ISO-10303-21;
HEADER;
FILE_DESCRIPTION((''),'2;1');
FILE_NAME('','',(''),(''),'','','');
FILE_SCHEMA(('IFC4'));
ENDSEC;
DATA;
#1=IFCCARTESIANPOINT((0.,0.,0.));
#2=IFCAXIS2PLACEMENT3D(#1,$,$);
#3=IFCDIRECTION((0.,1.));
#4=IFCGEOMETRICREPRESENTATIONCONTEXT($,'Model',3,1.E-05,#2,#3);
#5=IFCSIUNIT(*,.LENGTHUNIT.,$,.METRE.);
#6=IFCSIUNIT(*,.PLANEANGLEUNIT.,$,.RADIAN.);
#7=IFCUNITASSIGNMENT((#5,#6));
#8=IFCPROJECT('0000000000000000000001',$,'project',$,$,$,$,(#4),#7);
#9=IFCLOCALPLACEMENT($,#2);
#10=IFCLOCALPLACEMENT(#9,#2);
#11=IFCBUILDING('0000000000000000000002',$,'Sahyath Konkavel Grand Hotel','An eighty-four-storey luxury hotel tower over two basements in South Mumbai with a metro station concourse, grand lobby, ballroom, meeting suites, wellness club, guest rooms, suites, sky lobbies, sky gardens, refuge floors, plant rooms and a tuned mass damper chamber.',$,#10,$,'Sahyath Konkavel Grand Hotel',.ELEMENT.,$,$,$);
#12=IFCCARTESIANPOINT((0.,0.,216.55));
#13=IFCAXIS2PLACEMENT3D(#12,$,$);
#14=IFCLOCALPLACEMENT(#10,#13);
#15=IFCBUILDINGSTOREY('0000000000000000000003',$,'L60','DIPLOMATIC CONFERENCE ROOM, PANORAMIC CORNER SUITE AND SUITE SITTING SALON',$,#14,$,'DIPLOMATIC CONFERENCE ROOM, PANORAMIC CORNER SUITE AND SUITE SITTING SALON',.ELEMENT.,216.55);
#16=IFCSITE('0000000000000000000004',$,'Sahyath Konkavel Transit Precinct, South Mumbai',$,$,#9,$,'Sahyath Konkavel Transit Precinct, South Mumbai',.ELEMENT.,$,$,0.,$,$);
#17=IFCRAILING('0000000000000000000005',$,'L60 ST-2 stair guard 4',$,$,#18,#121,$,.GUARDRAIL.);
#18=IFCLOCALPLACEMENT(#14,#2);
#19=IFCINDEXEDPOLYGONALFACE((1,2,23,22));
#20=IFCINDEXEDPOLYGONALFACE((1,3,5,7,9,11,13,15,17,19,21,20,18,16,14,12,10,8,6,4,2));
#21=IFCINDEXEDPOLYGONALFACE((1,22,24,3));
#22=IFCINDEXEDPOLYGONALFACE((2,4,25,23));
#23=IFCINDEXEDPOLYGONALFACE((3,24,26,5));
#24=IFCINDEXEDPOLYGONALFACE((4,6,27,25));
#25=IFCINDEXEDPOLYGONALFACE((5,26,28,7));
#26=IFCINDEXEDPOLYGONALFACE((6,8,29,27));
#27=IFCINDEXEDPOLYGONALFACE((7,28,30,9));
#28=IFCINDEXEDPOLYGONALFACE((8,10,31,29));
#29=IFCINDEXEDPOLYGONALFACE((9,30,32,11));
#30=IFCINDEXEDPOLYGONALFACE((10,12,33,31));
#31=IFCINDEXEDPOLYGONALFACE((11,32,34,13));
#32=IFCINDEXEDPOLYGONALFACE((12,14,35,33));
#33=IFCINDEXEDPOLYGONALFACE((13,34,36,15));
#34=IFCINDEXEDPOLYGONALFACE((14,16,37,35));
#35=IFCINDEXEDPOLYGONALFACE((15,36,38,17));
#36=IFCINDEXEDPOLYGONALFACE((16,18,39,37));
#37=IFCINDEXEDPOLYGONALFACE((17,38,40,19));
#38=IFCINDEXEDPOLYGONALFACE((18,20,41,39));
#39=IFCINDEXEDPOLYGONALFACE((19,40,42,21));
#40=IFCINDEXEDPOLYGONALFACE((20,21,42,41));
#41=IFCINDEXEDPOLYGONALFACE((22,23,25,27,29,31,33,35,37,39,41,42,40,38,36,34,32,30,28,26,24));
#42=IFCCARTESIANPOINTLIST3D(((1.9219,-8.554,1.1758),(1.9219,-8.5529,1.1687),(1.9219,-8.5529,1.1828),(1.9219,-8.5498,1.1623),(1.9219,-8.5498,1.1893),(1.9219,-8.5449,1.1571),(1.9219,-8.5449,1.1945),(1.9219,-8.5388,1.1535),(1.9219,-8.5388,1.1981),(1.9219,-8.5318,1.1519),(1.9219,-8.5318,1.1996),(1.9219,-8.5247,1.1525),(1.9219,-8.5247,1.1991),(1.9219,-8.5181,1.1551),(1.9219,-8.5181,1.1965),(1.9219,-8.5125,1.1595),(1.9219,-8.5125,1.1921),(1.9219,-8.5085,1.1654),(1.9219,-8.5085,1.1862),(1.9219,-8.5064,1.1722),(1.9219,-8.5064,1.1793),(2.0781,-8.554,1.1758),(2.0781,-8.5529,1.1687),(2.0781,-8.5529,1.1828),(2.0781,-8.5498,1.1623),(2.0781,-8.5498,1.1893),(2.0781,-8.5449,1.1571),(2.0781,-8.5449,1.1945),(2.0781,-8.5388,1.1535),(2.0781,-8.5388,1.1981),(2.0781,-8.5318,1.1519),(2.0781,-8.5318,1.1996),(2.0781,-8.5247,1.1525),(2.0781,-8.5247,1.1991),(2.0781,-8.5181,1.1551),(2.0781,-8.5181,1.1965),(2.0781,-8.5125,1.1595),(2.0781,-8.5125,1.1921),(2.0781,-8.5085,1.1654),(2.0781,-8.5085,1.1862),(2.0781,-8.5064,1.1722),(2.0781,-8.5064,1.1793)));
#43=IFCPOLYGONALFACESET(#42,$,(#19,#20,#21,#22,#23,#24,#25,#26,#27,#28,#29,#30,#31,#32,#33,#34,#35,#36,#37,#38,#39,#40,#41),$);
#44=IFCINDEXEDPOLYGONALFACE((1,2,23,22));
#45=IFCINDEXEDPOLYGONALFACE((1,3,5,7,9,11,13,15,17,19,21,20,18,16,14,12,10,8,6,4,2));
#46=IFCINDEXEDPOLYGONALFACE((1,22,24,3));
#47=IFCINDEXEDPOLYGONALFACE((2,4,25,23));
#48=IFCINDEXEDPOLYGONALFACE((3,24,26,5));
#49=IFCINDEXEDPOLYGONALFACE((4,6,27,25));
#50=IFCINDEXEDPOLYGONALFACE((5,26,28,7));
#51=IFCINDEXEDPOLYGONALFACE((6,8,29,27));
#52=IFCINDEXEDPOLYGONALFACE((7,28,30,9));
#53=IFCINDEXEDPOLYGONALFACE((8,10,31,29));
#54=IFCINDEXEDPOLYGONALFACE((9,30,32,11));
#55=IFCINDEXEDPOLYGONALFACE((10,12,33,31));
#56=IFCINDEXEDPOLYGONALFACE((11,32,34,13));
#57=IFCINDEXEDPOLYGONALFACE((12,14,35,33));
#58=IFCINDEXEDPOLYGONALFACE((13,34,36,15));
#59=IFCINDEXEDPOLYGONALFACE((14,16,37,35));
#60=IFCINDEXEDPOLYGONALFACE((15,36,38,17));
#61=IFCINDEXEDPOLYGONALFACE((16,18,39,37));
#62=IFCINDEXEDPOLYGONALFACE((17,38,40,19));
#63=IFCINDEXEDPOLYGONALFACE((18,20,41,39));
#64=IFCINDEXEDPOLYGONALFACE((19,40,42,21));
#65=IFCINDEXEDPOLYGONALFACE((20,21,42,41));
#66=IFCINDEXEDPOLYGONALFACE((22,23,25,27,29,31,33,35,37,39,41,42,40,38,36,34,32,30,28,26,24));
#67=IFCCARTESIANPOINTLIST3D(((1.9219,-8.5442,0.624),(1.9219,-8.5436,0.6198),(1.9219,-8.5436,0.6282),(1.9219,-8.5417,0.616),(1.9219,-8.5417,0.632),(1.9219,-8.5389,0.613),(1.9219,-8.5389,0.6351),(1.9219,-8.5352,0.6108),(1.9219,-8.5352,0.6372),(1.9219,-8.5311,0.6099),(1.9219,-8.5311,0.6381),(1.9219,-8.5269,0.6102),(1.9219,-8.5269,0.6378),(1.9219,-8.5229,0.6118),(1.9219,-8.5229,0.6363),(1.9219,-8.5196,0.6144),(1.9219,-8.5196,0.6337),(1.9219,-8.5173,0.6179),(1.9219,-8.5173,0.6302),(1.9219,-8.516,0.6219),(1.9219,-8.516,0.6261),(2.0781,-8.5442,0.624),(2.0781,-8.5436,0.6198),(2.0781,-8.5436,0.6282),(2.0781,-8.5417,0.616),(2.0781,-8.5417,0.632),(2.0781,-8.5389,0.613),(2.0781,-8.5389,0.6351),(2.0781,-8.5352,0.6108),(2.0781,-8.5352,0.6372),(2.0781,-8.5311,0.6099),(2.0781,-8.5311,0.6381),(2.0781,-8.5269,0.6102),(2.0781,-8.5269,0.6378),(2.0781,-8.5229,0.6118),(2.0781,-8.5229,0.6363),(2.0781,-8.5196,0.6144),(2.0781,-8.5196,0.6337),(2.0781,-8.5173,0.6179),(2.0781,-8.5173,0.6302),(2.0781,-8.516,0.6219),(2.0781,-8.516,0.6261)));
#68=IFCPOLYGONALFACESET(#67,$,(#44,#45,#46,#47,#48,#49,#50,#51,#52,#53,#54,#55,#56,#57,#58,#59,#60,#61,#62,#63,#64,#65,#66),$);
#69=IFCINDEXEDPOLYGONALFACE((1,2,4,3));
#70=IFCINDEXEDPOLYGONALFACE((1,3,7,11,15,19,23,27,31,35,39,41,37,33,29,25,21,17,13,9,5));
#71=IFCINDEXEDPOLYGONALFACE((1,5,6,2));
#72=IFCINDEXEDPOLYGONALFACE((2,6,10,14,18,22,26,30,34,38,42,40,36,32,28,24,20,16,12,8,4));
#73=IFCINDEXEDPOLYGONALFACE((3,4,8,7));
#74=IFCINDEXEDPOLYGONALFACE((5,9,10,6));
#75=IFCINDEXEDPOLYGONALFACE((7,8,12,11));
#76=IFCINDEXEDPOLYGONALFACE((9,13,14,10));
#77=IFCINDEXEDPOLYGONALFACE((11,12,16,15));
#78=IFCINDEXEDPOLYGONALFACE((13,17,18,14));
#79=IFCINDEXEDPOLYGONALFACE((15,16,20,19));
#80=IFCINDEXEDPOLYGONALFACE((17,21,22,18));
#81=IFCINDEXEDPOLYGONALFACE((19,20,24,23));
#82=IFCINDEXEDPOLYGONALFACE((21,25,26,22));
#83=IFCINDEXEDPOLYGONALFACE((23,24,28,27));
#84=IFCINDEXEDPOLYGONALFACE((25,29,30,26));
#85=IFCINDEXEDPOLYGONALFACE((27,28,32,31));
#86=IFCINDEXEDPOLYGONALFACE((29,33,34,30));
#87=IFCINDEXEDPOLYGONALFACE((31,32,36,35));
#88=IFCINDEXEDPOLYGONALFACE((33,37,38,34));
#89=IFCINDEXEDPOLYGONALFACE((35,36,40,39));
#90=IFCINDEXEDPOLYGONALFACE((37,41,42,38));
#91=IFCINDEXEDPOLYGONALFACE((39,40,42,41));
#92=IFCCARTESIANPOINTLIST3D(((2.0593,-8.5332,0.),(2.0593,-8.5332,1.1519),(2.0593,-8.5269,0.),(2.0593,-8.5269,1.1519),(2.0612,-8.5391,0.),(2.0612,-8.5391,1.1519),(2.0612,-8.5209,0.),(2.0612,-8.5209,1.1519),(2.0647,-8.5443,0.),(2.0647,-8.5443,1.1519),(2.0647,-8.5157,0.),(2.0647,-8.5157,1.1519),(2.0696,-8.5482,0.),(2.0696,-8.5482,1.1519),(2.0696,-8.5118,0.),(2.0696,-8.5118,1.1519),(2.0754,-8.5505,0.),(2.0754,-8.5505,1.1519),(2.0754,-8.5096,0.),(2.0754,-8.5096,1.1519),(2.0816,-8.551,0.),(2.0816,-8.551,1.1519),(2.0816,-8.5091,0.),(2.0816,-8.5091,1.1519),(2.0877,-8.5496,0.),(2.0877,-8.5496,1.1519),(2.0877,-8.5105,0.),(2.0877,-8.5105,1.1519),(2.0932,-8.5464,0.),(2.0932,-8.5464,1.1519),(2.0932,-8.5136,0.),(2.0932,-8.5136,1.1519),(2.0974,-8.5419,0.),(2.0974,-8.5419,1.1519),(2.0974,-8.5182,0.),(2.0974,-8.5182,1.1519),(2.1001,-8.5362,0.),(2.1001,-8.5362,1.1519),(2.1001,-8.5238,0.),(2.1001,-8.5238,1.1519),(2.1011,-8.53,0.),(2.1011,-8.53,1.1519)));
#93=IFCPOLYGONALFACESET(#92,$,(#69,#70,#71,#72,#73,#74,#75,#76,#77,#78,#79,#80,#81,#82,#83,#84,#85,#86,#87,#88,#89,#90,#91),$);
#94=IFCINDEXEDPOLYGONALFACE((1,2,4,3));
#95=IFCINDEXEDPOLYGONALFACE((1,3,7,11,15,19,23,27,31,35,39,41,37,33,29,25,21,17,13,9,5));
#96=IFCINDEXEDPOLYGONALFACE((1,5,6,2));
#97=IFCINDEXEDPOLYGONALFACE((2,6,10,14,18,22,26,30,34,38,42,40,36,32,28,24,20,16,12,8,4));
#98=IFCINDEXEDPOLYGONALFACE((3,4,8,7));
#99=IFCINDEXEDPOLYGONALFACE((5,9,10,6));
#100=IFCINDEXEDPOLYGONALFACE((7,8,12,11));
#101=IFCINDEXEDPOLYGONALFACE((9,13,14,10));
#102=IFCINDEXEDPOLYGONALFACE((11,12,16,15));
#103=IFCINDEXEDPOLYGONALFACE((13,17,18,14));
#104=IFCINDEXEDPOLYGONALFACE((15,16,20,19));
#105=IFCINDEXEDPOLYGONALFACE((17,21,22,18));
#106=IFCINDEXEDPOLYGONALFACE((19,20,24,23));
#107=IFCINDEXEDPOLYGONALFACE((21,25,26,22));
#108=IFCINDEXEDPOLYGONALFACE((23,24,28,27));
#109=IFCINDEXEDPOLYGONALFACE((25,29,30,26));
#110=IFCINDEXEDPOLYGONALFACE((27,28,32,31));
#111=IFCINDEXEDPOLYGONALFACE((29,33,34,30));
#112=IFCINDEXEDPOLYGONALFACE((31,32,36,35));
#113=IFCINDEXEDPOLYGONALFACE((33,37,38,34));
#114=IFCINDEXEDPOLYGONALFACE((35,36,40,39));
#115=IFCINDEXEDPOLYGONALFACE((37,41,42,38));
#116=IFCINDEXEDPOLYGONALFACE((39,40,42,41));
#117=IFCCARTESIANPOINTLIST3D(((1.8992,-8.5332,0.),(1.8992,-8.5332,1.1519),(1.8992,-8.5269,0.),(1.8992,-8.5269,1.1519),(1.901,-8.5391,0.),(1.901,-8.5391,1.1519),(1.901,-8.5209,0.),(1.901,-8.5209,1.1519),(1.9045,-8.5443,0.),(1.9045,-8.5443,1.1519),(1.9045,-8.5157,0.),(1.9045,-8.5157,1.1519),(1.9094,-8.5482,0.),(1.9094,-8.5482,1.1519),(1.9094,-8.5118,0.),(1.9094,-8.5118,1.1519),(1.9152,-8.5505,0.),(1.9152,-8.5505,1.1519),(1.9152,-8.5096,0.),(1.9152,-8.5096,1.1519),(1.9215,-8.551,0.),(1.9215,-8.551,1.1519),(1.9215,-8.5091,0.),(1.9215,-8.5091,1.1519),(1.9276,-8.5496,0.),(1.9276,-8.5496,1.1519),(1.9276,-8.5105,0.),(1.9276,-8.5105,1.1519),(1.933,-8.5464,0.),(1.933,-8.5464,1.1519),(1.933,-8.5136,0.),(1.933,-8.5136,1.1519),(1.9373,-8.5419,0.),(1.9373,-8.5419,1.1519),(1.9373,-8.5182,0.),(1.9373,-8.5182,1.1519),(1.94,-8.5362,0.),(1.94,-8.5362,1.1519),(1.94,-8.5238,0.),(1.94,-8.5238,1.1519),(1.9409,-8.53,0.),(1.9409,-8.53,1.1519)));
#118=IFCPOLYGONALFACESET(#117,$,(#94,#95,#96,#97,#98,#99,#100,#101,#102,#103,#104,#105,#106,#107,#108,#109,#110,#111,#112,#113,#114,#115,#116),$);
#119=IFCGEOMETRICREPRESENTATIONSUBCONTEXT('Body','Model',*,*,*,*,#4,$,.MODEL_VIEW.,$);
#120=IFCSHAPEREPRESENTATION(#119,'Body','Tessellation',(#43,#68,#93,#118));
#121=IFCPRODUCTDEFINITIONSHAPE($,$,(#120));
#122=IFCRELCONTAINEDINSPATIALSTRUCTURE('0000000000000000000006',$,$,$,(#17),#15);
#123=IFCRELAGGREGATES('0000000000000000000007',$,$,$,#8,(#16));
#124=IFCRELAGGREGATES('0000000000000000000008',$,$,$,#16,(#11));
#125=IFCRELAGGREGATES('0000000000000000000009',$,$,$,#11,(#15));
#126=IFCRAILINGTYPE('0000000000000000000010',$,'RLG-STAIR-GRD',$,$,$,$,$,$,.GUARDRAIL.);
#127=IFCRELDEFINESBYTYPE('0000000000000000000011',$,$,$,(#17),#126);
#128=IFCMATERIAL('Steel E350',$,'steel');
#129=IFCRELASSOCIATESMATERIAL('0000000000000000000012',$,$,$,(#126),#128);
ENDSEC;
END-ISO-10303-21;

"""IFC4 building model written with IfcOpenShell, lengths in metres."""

from ifc_helpers import new_model, si_unit, direction, frame, origin, origin_2d, place, context, subcontext, project, spatial, circle, extrude, material, type_object, element, save


model = new_model("IFC4")

# Units and contexts
model_context = context("Model", 3, precision=1e-05, world=origin(), true_north=direction((0.0, 1.0)))
body_context = subcontext(model_context, "Body", "Model", "MODEL_VIEW")
ifc_project = project(units=[si_unit("LENGTHUNIT", "METRE"), si_unit("PLANEANGLEUNIT", "RADIAN")], contexts=[model_context])

# Site, building, storey
site_placement = place(None, origin())
site = spatial("IfcSite", under=ifc_project, at=site_placement, Name="Sahyath Konkavel Transit Precinct, South Mumbai", LongName="Sahyath Konkavel Transit Precinct, South Mumbai", CompositionType="ELEMENT", RefElevation=0.0)
building_placement = place(site_placement, origin())
building = spatial("IfcBuilding", under=site, at=building_placement, Name="Sahyath Konkavel Grand Hotel", Description="An eighty-four-storey luxury hotel tower over two basements in South Mumbai with a metro station concourse, grand lobby, ballroom, meeting suites, wellness club, guest rooms, suites, sky lobbies, sky gardens, refuge floors, plant rooms and a tuned mass damper chamber.", LongName="Sahyath Konkavel Grand Hotel", CompositionType="ELEMENT")
storey_placement = place(building_placement, frame((0.0, 0.0, 216.55)))
storey = spatial("IfcBuildingStorey", under=building, at=storey_placement, Name="L60", Description="DIPLOMATIC CONFERENCE ROOM, PANORAMIC CORNER SUITE AND SUITE SITTING SALON", LongName="DIPLOMATIC CONFERENCE ROOM, PANORAMIC CORNER SUITE AND SUITE SITTING SALON", CompositionType="ELEMENT", Elevation=216.55)

# Shared definitions
ifc_material_1 = material(Name="Steel E350", Category="steel")

# Railing
railing_type_1 = type_object("IfcRailingType", Name="RLG-STAIR-GRD", PredefinedType="GUARDRAIL", material=ifc_material_1)
railing_1_placement = place(storey_placement, frame((2.0801, -8.53, 0.0)))
element("IfcRailing", 1, at=railing_1_placement, inside=storey, type_object=railing_type_1, Name="L60 ST-2 stair guard 4", PredefinedType="GUARDRAIL", context=body_context, shape_type="SweptSolid", body=[
    extrude(circle(Radius=0.0239, at=origin_2d()), frame((-0.002, 0.0, 1.1758), z_axis=(-1.0, 0.0, 0.0), x_axis=(0.0, -1.0, 0.0)), (0.0, 0.0, 1.0), 0.1562),
    extrude(circle(Radius=0.0142, at=origin_2d()), frame((-0.002, 0.0, 0.624), z_axis=(-1.0, 0.0, 0.0), x_axis=(0.0, -1.0, 0.0)), (0.0, 0.0, 1.0), 0.1562),
    extrude(circle(Radius=0.021, at=origin_2d()), origin(), (0.0, 0.0, 1.0), 1.1519),
    extrude(circle(Radius=0.021, at=origin_2d()), frame((-0.1602, 0.0, 0.0)), (0.0, 0.0, 1.0), 1.1519),
])

save(model, "model.ifc")
